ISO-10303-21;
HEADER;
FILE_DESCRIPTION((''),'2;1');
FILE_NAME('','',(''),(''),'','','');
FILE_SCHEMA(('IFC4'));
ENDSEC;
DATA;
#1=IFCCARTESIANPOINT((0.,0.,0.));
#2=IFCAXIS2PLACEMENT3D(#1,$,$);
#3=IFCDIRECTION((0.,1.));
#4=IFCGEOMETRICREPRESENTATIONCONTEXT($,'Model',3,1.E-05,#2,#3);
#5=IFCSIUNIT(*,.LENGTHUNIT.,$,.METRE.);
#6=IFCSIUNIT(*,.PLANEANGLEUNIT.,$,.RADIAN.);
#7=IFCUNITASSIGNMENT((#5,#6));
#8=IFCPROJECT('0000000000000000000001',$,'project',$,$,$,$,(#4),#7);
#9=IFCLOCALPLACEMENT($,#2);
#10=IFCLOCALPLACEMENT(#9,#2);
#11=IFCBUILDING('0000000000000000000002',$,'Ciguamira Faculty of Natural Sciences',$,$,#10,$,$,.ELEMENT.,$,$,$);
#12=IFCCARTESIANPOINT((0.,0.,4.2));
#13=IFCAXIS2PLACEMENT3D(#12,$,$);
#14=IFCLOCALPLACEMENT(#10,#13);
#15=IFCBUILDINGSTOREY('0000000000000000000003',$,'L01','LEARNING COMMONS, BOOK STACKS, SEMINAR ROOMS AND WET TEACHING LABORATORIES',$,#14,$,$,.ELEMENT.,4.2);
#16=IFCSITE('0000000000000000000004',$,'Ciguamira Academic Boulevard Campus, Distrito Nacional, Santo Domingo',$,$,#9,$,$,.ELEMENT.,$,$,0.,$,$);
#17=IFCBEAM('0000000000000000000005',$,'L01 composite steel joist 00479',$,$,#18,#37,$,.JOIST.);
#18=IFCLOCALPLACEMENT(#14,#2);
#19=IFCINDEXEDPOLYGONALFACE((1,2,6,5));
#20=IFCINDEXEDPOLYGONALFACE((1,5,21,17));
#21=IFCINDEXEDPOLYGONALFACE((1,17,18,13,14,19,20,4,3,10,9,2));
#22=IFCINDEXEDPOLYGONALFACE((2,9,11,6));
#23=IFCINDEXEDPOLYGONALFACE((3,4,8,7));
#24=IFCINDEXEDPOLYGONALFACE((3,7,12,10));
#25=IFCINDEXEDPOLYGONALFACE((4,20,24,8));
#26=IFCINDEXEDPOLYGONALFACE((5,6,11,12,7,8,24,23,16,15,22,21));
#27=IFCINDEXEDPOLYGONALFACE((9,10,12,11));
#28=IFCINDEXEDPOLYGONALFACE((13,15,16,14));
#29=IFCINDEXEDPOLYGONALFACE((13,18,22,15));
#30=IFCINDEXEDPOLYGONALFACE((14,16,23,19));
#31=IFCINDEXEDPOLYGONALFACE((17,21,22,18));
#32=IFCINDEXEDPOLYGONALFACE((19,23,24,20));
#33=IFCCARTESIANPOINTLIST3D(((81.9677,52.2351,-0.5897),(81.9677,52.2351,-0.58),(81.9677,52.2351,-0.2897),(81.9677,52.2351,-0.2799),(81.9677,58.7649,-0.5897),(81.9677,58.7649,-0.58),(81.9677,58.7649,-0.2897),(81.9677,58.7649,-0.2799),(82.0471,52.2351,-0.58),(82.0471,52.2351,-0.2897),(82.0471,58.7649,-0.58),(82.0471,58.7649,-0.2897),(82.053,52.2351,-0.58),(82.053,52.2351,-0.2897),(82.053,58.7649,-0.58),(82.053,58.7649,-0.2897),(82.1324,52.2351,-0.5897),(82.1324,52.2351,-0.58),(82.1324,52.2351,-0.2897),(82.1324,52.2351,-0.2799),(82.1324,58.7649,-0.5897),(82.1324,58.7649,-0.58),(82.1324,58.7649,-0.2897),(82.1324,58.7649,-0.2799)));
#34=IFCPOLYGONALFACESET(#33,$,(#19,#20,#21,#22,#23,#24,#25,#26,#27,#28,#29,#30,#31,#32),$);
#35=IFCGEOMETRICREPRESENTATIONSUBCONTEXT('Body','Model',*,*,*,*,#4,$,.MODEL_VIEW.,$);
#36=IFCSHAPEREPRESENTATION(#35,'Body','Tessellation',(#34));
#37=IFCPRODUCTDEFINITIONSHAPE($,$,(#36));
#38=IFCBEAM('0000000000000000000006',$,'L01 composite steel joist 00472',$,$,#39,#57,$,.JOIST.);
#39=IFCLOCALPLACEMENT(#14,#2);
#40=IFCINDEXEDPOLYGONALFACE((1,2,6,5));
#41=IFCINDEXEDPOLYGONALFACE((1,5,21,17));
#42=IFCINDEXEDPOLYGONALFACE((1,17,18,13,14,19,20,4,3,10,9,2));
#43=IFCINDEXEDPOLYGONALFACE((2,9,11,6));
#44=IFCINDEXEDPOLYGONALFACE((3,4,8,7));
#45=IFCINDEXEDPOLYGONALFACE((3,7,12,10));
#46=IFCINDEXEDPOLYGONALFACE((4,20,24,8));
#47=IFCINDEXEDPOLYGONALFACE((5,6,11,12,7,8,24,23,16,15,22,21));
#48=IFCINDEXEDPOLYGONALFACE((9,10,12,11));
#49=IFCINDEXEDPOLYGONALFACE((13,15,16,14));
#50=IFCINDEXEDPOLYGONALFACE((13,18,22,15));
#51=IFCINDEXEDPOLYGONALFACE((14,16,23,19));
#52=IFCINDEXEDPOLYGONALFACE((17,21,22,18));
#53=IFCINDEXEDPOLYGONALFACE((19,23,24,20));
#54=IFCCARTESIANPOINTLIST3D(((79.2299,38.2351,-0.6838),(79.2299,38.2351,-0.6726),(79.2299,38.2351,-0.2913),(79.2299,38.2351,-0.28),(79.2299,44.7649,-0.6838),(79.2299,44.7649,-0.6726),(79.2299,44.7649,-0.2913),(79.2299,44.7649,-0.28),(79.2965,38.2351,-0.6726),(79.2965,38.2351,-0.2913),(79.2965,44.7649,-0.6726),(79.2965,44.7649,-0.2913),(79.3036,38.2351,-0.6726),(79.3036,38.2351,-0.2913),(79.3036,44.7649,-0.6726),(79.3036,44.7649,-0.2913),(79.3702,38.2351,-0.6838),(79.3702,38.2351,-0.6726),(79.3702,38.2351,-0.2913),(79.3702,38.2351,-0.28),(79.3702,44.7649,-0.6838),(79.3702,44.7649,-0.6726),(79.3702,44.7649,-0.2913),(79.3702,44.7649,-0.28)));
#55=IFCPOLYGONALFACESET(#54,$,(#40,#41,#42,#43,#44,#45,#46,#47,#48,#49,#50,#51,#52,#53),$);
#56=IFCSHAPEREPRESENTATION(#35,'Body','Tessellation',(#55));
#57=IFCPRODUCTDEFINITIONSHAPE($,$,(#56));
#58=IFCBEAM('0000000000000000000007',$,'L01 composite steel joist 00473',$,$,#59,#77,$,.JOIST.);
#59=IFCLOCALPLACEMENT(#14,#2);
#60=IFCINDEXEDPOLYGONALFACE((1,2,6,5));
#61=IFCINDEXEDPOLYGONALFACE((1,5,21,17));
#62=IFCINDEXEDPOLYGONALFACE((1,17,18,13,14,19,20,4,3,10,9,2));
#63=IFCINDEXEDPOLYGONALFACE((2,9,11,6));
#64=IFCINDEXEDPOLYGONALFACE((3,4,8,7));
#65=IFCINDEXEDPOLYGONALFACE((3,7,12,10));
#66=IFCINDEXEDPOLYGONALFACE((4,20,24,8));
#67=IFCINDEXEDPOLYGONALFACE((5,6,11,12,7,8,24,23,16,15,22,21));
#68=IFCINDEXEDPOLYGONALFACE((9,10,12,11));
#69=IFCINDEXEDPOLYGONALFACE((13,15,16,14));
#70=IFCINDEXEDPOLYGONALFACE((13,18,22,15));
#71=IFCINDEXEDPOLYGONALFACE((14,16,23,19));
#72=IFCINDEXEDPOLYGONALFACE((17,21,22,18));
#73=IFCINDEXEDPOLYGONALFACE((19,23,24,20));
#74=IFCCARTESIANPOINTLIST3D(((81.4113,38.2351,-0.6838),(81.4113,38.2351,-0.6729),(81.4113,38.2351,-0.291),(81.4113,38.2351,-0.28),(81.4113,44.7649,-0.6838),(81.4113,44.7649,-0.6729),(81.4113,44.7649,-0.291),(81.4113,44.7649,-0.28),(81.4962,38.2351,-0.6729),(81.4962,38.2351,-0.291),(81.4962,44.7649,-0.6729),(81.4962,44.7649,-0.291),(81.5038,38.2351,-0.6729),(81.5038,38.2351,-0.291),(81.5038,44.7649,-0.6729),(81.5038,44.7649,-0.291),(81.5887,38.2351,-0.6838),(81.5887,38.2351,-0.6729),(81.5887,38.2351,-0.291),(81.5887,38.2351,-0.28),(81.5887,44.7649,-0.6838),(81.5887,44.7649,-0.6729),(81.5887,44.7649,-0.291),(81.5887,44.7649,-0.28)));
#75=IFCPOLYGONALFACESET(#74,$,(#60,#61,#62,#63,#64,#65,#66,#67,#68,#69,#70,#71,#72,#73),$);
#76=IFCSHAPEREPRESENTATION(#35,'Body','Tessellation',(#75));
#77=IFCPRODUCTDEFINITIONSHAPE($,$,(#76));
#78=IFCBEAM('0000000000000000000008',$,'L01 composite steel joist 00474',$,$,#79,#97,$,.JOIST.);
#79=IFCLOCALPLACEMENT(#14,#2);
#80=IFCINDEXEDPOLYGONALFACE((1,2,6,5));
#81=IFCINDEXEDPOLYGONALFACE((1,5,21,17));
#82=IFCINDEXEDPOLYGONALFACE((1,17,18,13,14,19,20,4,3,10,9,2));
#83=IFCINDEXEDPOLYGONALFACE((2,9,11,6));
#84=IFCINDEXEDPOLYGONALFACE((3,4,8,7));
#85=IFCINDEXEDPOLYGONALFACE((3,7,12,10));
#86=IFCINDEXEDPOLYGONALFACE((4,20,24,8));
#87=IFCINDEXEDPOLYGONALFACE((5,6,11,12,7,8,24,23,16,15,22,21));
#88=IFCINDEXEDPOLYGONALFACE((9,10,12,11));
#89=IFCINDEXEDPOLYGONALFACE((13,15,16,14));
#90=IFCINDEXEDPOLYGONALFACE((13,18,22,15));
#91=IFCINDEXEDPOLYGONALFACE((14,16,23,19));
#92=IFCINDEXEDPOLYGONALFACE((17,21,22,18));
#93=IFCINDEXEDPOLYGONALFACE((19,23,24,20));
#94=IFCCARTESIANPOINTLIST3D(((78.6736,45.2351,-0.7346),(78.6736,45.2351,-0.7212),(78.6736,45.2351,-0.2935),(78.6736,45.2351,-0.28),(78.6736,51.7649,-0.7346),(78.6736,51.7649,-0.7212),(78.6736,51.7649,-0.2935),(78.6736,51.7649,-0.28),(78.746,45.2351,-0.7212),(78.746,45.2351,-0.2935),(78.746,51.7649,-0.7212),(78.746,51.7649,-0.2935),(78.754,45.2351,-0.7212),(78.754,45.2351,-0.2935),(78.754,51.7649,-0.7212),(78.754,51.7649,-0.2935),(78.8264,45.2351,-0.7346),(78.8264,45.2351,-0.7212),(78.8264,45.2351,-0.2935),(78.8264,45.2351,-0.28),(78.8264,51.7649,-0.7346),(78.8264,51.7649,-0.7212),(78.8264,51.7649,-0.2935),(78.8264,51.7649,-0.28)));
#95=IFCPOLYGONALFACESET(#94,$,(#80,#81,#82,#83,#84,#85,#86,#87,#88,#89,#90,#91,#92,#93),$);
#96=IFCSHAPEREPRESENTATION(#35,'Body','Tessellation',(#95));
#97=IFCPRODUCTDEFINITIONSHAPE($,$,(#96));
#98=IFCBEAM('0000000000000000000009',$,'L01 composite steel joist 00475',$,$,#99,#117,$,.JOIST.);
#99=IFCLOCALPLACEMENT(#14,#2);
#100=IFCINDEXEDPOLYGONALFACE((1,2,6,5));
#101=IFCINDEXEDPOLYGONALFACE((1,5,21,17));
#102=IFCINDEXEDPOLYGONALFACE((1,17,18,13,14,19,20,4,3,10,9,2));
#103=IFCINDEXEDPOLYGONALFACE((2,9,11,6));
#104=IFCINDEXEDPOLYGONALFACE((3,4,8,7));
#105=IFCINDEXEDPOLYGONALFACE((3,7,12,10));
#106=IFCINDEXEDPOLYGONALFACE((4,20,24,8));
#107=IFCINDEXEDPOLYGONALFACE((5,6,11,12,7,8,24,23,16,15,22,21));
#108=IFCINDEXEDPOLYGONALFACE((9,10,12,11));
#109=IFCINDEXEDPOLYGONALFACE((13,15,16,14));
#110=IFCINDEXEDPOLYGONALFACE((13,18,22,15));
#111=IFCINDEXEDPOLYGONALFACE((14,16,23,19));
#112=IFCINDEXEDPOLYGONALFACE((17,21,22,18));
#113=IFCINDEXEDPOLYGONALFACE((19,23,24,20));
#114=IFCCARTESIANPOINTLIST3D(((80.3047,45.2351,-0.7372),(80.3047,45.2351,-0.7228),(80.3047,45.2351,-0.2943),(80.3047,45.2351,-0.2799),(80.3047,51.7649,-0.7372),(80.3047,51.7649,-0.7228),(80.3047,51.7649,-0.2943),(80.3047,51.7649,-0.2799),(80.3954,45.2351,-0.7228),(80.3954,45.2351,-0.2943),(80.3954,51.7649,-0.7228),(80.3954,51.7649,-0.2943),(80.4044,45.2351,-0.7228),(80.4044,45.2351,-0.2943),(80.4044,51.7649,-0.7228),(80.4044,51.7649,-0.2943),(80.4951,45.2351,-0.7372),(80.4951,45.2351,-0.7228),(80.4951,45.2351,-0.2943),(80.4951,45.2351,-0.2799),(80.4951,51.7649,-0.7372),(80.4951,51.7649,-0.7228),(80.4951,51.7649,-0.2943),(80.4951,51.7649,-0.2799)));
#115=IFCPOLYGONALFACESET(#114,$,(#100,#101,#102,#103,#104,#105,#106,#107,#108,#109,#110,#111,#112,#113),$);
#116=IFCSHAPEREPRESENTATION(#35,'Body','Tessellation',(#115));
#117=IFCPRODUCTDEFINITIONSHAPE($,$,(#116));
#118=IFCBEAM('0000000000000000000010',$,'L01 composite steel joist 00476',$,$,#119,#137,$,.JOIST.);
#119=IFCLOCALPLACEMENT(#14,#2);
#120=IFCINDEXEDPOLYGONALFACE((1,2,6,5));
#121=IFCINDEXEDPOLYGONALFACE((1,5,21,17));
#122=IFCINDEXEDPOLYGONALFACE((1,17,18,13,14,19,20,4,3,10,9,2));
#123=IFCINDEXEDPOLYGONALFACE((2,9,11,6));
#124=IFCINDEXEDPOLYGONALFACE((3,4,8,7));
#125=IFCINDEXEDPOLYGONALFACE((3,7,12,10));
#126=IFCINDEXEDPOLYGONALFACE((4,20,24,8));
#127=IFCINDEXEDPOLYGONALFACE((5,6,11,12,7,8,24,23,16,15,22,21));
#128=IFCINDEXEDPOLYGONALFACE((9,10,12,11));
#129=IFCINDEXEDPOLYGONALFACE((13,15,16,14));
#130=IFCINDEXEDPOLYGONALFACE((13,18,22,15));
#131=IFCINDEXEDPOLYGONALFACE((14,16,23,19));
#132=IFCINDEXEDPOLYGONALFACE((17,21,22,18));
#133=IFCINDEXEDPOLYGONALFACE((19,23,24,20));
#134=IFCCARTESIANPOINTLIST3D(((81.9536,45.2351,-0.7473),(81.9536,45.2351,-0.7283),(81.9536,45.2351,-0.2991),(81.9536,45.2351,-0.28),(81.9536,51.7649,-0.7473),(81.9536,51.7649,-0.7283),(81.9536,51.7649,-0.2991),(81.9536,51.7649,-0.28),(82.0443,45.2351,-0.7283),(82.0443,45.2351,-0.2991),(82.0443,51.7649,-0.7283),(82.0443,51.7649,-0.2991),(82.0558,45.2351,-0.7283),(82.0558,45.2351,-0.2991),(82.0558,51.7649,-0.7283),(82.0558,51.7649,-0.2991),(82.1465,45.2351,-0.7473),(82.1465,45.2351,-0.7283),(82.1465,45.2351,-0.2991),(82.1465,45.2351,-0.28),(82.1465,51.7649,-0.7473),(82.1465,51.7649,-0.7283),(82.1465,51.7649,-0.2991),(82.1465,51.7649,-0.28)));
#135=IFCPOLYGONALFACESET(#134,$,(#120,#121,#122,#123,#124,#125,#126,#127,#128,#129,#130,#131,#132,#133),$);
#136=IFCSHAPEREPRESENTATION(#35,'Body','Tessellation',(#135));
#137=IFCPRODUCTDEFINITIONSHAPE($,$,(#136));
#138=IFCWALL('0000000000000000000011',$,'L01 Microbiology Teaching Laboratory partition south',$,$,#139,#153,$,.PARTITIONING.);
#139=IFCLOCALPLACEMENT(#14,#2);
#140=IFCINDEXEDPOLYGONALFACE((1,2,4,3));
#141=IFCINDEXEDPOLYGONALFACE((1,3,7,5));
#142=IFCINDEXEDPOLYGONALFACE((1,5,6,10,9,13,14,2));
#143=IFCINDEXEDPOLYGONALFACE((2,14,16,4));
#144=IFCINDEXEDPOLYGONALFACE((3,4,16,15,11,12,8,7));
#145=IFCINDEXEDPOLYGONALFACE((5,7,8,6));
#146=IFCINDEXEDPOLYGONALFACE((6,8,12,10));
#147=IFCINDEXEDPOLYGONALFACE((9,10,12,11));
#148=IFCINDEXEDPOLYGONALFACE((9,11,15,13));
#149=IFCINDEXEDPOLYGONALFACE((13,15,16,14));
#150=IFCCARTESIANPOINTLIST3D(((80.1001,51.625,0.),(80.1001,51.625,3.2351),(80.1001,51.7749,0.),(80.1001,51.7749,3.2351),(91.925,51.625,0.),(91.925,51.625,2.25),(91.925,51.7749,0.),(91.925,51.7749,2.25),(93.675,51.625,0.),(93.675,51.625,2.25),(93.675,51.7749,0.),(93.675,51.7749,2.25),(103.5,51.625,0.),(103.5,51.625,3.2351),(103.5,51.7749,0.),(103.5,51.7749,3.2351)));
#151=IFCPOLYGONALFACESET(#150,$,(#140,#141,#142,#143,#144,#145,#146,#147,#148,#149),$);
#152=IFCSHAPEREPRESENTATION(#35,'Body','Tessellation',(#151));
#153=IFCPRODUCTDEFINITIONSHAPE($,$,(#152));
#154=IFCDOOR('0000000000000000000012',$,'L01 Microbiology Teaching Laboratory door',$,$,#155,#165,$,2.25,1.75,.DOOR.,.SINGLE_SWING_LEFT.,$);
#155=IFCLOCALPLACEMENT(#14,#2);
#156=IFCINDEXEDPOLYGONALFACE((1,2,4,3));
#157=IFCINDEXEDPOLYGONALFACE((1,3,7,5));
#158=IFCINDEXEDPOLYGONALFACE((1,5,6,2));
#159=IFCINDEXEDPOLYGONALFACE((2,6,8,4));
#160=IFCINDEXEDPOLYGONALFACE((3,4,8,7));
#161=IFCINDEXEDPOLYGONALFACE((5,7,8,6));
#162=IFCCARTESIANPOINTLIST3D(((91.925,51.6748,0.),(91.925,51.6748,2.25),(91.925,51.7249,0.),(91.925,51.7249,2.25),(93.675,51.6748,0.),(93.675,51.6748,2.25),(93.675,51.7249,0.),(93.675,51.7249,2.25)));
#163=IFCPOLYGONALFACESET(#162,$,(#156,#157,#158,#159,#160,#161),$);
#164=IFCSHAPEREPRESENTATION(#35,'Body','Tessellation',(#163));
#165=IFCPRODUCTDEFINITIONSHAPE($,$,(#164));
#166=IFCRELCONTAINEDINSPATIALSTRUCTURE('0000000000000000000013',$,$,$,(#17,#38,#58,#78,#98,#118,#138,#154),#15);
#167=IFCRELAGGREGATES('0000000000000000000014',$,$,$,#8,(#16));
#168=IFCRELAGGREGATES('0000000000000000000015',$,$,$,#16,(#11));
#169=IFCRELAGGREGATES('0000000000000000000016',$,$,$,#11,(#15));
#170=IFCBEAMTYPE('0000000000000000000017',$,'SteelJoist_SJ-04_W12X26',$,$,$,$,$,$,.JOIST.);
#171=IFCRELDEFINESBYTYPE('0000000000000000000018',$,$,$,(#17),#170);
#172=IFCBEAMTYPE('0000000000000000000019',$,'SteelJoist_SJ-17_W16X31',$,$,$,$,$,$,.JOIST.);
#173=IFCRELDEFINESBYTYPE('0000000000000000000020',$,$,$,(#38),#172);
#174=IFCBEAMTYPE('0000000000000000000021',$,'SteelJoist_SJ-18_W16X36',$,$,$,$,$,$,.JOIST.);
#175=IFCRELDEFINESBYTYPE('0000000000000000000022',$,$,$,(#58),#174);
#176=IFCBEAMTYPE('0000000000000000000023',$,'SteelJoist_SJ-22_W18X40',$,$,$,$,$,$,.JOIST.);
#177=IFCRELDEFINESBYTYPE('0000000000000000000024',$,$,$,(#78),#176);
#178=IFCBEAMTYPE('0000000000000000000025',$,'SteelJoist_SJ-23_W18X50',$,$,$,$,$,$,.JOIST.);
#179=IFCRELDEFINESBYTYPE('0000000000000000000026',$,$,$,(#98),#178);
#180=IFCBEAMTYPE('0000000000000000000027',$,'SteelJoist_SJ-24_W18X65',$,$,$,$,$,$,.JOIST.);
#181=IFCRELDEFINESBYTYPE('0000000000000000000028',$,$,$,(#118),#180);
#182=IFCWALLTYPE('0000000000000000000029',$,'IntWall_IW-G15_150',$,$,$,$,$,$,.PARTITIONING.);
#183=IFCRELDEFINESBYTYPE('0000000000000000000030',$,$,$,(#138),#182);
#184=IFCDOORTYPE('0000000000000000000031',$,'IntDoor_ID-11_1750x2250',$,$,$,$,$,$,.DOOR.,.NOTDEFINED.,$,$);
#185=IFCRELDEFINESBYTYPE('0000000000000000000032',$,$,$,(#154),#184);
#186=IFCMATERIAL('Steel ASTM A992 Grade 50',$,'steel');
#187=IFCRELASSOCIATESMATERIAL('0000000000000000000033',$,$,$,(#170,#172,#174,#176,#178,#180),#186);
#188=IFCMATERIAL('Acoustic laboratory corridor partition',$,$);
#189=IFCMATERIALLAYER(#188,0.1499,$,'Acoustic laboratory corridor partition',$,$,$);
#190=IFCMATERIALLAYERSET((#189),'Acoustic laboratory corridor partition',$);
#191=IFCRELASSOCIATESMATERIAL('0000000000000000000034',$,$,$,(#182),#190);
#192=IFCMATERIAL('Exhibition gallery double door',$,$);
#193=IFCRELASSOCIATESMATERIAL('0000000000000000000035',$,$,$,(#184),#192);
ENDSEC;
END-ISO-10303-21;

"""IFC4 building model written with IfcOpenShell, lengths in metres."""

from ifc_helpers import new_model, si_unit, direction, frame, frame_2d, origin, origin_2d, place, context, subcontext, project, spatial, rectangle, i_section, extrude, material, layer, layer_set, material_profile, profile_set, type_object, element, fill, save


model = new_model("IFC4")

# Units and contexts
model_context = context("Model", 3, precision=1e-05, world=origin(), true_north=direction((0.0, 1.0)))
body_context = subcontext(model_context, "Body", "Model", "MODEL_VIEW")
ifc_project = project(units=[si_unit("LENGTHUNIT", "METRE"), si_unit("PLANEANGLEUNIT", "RADIAN")], contexts=[model_context])

# Site, building, storey
site_placement = place(None, origin())
site = spatial("IfcSite", under=ifc_project, at=site_placement, Name="Ciguamira Academic Boulevard Campus, Distrito Nacional, Santo Domingo", CompositionType="ELEMENT", RefElevation=0.0)
building_placement = place(site_placement, origin())
building = spatial("IfcBuilding", under=site, at=building_placement, Name="Ciguamira Faculty of Natural Sciences", CompositionType="ELEMENT")
storey_placement = place(building_placement, frame((0.0, 0.0, 4.2)))
storey = spatial("IfcBuildingStorey", under=building, at=storey_placement, Name="L01", Description="LEARNING COMMONS, BOOK STACKS, SEMINAR ROOMS AND WET TEACHING LABORATORIES", CompositionType="ELEMENT", Elevation=4.2)

# Beams
ifc_material_1 = material(Name="Steel ASTM A992 Grade 50", Category="steel")
ifc_material_profile_1 = material_profile(ifc_material_1, i_section(OverallWidth=0.1648, OverallDepth=0.3098, WebThickness=0.0059, FlangeThickness=0.0098, at=origin_2d()), Name="W12X26")
ifc_profile_set_1 = profile_set([ifc_material_profile_1], Name="Steel ASTM A992 Grade 50")
beam_type_1 = type_object("IfcBeamType", Name="SteelJoist_SJ-04_W12X26", PredefinedType="JOIST", material=ifc_profile_set_1)
beam_1_placement = place(storey_placement, frame((82.05, 52.2351, -0.4348), z_axis=(0.0, 1.0, 0.0), x_axis=(-1.0, 0.0, 0.0)))
element("IfcBeam", 1, at=beam_1_placement, inside=storey, type_object=beam_type_1, Name="L01 composite steel joist 00479", PredefinedType="JOIST", context=body_context, shape_type="SweptSolid", body=[
    extrude(i_section(OverallWidth=0.1648, OverallDepth=0.3098, WebThickness=0.0059, FlangeThickness=0.0098, at=origin_2d()), origin(), (0.0, 0.0, 1.0), 6.5298),
])
ifc_material_profile_2 = material_profile(ifc_material_1, i_section(OverallWidth=0.1404, OverallDepth=0.4038, WebThickness=0.0071, FlangeThickness=0.0112, at=origin_2d()), Name="W16X31")
ifc_profile_set_2 = profile_set([ifc_material_profile_2], Name="Steel ASTM A992 Grade 50")
beam_type_2 = type_object("IfcBeamType", Name="SteelJoist_SJ-17_W16X31", PredefinedType="JOIST", material=ifc_profile_set_2)
beam_2_placement = place(storey_placement, frame((79.3, 38.2351, -0.4819), z_axis=(0.0, 1.0, 0.0), x_axis=(-1.0, 0.0, 0.0)))
element("IfcBeam", 2, at=beam_2_placement, inside=storey, type_object=beam_type_2, Name="L01 composite steel joist 00472", PredefinedType="JOIST", context=body_context, shape_type="SweptSolid", body=[
    extrude(i_section(OverallWidth=0.1404, OverallDepth=0.4038, WebThickness=0.0071, FlangeThickness=0.0112, at=origin_2d()), origin(), (0.0, 0.0, 1.0), 6.5298),
])
ifc_material_profile_3 = material_profile(ifc_material_1, i_section(OverallWidth=0.1775, OverallDepth=0.4038, WebThickness=0.0076, FlangeThickness=0.011, at=origin_2d()), Name="W16X36")
ifc_profile_set_3 = profile_set([ifc_material_profile_3], Name="Steel ASTM A992 Grade 50")
beam_type_3 = type_object("IfcBeamType", Name="SteelJoist_SJ-18_W16X36", PredefinedType="JOIST", material=ifc_profile_set_3)
beam_3_placement = place(storey_placement, frame((81.5, 38.2351, -0.4819), z_axis=(0.0, 1.0, 0.0), x_axis=(-1.0, 0.0, 0.0)))
element("IfcBeam", 3, at=beam_3_placement, inside=storey, type_object=beam_type_3, Name="L01 composite steel joist 00473", PredefinedType="JOIST", context=body_context, shape_type="SweptSolid", body=[
    extrude(i_section(OverallWidth=0.1775, OverallDepth=0.4038, WebThickness=0.0076, FlangeThickness=0.011, at=origin_2d()), origin(), (0.0, 0.0, 1.0), 6.5298),
])
ifc_material_profile_4 = material_profile(ifc_material_1, i_section(OverallWidth=0.1528, OverallDepth=0.4546, WebThickness=0.0081, FlangeThickness=0.0134, at=origin_2d()), Name="W18X40")
ifc_profile_set_4 = profile_set([ifc_material_profile_4], Name="Steel ASTM A992 Grade 50")
beam_type_4 = type_object("IfcBeamType", Name="SteelJoist_SJ-22_W18X40", PredefinedType="JOIST", material=ifc_profile_set_4)
beam_4_placement = place(storey_placement, frame((78.75, 45.2351, -0.5073), z_axis=(0.0, 1.0, 0.0), x_axis=(-1.0, 0.0, 0.0)))
element("IfcBeam", 4, at=beam_4_placement, inside=storey, type_object=beam_type_4, Name="L01 composite steel joist 00474", PredefinedType="JOIST", context=body_context, shape_type="SweptSolid", body=[
    extrude(i_section(OverallWidth=0.1528, OverallDepth=0.4546, WebThickness=0.0081, FlangeThickness=0.0134, at=origin_2d()), origin(), (0.0, 0.0, 1.0), 6.5298),
])
ifc_material_profile_5 = material_profile(ifc_material_1, i_section(OverallWidth=0.1904, OverallDepth=0.4573, WebThickness=0.009, FlangeThickness=0.0144, at=origin_2d()), Name="W18X50")
ifc_profile_set_5 = profile_set([ifc_material_profile_5], Name="Steel ASTM A992 Grade 50")
beam_type_5 = type_object("IfcBeamType", Name="SteelJoist_SJ-23_W18X50", PredefinedType="JOIST", material=ifc_profile_set_5)
beam_5_placement = place(storey_placement, frame((80.3999, 45.2351, -0.5085), z_axis=(0.0, 1.0, 0.0), x_axis=(-1.0, 0.0, 0.0)))
element("IfcBeam", 5, at=beam_5_placement, inside=storey, type_object=beam_type_5, Name="L01 composite steel joist 00475", PredefinedType="JOIST", context=body_context, shape_type="SweptSolid", body=[
    extrude(i_section(OverallWidth=0.1904, OverallDepth=0.4573, WebThickness=0.009, FlangeThickness=0.0144, at=origin_2d()), origin(), (0.0, 0.0, 1.0), 6.5298),
])
ifc_material_profile_6 = material_profile(ifc_material_1, i_section(OverallWidth=0.1929, OverallDepth=0.4673, WebThickness=0.0115, FlangeThickness=0.019, at=origin_2d()), Name="W18X65")
ifc_profile_set_6 = profile_set([ifc_material_profile_6], Name="Steel ASTM A992 Grade 50")
beam_type_6 = type_object("IfcBeamType", Name="SteelJoist_SJ-24_W18X65", PredefinedType="JOIST", material=ifc_profile_set_6)
beam_6_placement = place(storey_placement, frame((82.05, 45.2351, -0.5137), z_axis=(0.0, 1.0, 0.0), x_axis=(-1.0, 0.0, 0.0)))
element("IfcBeam", 6, at=beam_6_placement, inside=storey, type_object=beam_type_6, Name="L01 composite steel joist 00476", PredefinedType="JOIST", context=body_context, shape_type="SweptSolid", body=[
    extrude(i_section(OverallWidth=0.1929, OverallDepth=0.4673, WebThickness=0.0115, FlangeThickness=0.019, at=origin_2d()), origin(), (0.0, 0.0, 1.0), 6.5298),
])

# Wall, opening, door
ifc_material_2 = material(Name="Acoustic laboratory corridor partition")
ifc_layer_1 = layer(ifc_material_2, 0.1499, Name="Acoustic laboratory corridor partition")
ifc_layer_set_1 = layer_set([ifc_layer_1], Name="Acoustic laboratory corridor partition")
wall_type_1 = type_object("IfcWallType", Name="IntWall_IW-G15_150", PredefinedType="PARTITIONING", material=ifc_layer_set_1)
wall_1_placement = place(storey_placement, frame((80.1001, 51.7, 0.0), z_axis=(0.0, 0.0, 1.0), x_axis=(1.0, 0.0, 0.0)))
wall_1 = element("IfcWall", 7, at=wall_1_placement, inside=storey, type_object=wall_type_1, Name="L01 Microbiology Teaching Laboratory partition south", PredefinedType="PARTITIONING", context=body_context, shape_type="SweptSolid", body=[
    extrude(rectangle(XDim=23.3999, YDim=0.1499, at=frame_2d((11.7, 0.0))), origin(), (0.0, 0.0, 1.0), 3.2351),
])
opening_placement = place(wall_1_placement, frame((11.825, 0.0, 0.0)))
opening = element("IfcOpeningElement", 8, at=opening_placement, cuts=wall_1, PredefinedType="OPENING", context=body_context, shape_type="SweptSolid", body=[
    extrude(rectangle(XDim=1.75, YDim=2.25, at=frame_2d((0.875, 1.125))), frame((0.0, 0.085, 0.0), z_axis=(0.0, -1.0, 0.0), x_axis=(1.0, 0.0, 0.0)), (0.0, 0.0, 1.0), 0.1699),
])
ifc_material_3 = material(Name="Exhibition gallery double door")
door_type = type_object("IfcDoorType", Name="IntDoor_ID-11_1750x2250", OperationType="NOTDEFINED", PredefinedType="DOOR", material=ifc_material_3)
door_placement = place(opening_placement, origin())
door = element("IfcDoor", 9, at=door_placement, inside=storey, type_object=door_type, Name="L01 Microbiology Teaching Laboratory door", OperationType="SINGLE_SWING_LEFT", OverallHeight=2.25, OverallWidth=1.75, PredefinedType="DOOR", context=body_context, shape_type="SweptSolid", body=[
    extrude(rectangle(XDim=1.75, YDim=2.25, at=frame_2d((0.875, 1.125))), frame((0.0, 0.0249, 0.0), z_axis=(0.0, -1.0, 0.0), x_axis=(1.0, 0.0, 0.0)), (0.0, 0.0, 1.0), 0.05),
])
fill(opening, door)

save(model, "model.ifc")
